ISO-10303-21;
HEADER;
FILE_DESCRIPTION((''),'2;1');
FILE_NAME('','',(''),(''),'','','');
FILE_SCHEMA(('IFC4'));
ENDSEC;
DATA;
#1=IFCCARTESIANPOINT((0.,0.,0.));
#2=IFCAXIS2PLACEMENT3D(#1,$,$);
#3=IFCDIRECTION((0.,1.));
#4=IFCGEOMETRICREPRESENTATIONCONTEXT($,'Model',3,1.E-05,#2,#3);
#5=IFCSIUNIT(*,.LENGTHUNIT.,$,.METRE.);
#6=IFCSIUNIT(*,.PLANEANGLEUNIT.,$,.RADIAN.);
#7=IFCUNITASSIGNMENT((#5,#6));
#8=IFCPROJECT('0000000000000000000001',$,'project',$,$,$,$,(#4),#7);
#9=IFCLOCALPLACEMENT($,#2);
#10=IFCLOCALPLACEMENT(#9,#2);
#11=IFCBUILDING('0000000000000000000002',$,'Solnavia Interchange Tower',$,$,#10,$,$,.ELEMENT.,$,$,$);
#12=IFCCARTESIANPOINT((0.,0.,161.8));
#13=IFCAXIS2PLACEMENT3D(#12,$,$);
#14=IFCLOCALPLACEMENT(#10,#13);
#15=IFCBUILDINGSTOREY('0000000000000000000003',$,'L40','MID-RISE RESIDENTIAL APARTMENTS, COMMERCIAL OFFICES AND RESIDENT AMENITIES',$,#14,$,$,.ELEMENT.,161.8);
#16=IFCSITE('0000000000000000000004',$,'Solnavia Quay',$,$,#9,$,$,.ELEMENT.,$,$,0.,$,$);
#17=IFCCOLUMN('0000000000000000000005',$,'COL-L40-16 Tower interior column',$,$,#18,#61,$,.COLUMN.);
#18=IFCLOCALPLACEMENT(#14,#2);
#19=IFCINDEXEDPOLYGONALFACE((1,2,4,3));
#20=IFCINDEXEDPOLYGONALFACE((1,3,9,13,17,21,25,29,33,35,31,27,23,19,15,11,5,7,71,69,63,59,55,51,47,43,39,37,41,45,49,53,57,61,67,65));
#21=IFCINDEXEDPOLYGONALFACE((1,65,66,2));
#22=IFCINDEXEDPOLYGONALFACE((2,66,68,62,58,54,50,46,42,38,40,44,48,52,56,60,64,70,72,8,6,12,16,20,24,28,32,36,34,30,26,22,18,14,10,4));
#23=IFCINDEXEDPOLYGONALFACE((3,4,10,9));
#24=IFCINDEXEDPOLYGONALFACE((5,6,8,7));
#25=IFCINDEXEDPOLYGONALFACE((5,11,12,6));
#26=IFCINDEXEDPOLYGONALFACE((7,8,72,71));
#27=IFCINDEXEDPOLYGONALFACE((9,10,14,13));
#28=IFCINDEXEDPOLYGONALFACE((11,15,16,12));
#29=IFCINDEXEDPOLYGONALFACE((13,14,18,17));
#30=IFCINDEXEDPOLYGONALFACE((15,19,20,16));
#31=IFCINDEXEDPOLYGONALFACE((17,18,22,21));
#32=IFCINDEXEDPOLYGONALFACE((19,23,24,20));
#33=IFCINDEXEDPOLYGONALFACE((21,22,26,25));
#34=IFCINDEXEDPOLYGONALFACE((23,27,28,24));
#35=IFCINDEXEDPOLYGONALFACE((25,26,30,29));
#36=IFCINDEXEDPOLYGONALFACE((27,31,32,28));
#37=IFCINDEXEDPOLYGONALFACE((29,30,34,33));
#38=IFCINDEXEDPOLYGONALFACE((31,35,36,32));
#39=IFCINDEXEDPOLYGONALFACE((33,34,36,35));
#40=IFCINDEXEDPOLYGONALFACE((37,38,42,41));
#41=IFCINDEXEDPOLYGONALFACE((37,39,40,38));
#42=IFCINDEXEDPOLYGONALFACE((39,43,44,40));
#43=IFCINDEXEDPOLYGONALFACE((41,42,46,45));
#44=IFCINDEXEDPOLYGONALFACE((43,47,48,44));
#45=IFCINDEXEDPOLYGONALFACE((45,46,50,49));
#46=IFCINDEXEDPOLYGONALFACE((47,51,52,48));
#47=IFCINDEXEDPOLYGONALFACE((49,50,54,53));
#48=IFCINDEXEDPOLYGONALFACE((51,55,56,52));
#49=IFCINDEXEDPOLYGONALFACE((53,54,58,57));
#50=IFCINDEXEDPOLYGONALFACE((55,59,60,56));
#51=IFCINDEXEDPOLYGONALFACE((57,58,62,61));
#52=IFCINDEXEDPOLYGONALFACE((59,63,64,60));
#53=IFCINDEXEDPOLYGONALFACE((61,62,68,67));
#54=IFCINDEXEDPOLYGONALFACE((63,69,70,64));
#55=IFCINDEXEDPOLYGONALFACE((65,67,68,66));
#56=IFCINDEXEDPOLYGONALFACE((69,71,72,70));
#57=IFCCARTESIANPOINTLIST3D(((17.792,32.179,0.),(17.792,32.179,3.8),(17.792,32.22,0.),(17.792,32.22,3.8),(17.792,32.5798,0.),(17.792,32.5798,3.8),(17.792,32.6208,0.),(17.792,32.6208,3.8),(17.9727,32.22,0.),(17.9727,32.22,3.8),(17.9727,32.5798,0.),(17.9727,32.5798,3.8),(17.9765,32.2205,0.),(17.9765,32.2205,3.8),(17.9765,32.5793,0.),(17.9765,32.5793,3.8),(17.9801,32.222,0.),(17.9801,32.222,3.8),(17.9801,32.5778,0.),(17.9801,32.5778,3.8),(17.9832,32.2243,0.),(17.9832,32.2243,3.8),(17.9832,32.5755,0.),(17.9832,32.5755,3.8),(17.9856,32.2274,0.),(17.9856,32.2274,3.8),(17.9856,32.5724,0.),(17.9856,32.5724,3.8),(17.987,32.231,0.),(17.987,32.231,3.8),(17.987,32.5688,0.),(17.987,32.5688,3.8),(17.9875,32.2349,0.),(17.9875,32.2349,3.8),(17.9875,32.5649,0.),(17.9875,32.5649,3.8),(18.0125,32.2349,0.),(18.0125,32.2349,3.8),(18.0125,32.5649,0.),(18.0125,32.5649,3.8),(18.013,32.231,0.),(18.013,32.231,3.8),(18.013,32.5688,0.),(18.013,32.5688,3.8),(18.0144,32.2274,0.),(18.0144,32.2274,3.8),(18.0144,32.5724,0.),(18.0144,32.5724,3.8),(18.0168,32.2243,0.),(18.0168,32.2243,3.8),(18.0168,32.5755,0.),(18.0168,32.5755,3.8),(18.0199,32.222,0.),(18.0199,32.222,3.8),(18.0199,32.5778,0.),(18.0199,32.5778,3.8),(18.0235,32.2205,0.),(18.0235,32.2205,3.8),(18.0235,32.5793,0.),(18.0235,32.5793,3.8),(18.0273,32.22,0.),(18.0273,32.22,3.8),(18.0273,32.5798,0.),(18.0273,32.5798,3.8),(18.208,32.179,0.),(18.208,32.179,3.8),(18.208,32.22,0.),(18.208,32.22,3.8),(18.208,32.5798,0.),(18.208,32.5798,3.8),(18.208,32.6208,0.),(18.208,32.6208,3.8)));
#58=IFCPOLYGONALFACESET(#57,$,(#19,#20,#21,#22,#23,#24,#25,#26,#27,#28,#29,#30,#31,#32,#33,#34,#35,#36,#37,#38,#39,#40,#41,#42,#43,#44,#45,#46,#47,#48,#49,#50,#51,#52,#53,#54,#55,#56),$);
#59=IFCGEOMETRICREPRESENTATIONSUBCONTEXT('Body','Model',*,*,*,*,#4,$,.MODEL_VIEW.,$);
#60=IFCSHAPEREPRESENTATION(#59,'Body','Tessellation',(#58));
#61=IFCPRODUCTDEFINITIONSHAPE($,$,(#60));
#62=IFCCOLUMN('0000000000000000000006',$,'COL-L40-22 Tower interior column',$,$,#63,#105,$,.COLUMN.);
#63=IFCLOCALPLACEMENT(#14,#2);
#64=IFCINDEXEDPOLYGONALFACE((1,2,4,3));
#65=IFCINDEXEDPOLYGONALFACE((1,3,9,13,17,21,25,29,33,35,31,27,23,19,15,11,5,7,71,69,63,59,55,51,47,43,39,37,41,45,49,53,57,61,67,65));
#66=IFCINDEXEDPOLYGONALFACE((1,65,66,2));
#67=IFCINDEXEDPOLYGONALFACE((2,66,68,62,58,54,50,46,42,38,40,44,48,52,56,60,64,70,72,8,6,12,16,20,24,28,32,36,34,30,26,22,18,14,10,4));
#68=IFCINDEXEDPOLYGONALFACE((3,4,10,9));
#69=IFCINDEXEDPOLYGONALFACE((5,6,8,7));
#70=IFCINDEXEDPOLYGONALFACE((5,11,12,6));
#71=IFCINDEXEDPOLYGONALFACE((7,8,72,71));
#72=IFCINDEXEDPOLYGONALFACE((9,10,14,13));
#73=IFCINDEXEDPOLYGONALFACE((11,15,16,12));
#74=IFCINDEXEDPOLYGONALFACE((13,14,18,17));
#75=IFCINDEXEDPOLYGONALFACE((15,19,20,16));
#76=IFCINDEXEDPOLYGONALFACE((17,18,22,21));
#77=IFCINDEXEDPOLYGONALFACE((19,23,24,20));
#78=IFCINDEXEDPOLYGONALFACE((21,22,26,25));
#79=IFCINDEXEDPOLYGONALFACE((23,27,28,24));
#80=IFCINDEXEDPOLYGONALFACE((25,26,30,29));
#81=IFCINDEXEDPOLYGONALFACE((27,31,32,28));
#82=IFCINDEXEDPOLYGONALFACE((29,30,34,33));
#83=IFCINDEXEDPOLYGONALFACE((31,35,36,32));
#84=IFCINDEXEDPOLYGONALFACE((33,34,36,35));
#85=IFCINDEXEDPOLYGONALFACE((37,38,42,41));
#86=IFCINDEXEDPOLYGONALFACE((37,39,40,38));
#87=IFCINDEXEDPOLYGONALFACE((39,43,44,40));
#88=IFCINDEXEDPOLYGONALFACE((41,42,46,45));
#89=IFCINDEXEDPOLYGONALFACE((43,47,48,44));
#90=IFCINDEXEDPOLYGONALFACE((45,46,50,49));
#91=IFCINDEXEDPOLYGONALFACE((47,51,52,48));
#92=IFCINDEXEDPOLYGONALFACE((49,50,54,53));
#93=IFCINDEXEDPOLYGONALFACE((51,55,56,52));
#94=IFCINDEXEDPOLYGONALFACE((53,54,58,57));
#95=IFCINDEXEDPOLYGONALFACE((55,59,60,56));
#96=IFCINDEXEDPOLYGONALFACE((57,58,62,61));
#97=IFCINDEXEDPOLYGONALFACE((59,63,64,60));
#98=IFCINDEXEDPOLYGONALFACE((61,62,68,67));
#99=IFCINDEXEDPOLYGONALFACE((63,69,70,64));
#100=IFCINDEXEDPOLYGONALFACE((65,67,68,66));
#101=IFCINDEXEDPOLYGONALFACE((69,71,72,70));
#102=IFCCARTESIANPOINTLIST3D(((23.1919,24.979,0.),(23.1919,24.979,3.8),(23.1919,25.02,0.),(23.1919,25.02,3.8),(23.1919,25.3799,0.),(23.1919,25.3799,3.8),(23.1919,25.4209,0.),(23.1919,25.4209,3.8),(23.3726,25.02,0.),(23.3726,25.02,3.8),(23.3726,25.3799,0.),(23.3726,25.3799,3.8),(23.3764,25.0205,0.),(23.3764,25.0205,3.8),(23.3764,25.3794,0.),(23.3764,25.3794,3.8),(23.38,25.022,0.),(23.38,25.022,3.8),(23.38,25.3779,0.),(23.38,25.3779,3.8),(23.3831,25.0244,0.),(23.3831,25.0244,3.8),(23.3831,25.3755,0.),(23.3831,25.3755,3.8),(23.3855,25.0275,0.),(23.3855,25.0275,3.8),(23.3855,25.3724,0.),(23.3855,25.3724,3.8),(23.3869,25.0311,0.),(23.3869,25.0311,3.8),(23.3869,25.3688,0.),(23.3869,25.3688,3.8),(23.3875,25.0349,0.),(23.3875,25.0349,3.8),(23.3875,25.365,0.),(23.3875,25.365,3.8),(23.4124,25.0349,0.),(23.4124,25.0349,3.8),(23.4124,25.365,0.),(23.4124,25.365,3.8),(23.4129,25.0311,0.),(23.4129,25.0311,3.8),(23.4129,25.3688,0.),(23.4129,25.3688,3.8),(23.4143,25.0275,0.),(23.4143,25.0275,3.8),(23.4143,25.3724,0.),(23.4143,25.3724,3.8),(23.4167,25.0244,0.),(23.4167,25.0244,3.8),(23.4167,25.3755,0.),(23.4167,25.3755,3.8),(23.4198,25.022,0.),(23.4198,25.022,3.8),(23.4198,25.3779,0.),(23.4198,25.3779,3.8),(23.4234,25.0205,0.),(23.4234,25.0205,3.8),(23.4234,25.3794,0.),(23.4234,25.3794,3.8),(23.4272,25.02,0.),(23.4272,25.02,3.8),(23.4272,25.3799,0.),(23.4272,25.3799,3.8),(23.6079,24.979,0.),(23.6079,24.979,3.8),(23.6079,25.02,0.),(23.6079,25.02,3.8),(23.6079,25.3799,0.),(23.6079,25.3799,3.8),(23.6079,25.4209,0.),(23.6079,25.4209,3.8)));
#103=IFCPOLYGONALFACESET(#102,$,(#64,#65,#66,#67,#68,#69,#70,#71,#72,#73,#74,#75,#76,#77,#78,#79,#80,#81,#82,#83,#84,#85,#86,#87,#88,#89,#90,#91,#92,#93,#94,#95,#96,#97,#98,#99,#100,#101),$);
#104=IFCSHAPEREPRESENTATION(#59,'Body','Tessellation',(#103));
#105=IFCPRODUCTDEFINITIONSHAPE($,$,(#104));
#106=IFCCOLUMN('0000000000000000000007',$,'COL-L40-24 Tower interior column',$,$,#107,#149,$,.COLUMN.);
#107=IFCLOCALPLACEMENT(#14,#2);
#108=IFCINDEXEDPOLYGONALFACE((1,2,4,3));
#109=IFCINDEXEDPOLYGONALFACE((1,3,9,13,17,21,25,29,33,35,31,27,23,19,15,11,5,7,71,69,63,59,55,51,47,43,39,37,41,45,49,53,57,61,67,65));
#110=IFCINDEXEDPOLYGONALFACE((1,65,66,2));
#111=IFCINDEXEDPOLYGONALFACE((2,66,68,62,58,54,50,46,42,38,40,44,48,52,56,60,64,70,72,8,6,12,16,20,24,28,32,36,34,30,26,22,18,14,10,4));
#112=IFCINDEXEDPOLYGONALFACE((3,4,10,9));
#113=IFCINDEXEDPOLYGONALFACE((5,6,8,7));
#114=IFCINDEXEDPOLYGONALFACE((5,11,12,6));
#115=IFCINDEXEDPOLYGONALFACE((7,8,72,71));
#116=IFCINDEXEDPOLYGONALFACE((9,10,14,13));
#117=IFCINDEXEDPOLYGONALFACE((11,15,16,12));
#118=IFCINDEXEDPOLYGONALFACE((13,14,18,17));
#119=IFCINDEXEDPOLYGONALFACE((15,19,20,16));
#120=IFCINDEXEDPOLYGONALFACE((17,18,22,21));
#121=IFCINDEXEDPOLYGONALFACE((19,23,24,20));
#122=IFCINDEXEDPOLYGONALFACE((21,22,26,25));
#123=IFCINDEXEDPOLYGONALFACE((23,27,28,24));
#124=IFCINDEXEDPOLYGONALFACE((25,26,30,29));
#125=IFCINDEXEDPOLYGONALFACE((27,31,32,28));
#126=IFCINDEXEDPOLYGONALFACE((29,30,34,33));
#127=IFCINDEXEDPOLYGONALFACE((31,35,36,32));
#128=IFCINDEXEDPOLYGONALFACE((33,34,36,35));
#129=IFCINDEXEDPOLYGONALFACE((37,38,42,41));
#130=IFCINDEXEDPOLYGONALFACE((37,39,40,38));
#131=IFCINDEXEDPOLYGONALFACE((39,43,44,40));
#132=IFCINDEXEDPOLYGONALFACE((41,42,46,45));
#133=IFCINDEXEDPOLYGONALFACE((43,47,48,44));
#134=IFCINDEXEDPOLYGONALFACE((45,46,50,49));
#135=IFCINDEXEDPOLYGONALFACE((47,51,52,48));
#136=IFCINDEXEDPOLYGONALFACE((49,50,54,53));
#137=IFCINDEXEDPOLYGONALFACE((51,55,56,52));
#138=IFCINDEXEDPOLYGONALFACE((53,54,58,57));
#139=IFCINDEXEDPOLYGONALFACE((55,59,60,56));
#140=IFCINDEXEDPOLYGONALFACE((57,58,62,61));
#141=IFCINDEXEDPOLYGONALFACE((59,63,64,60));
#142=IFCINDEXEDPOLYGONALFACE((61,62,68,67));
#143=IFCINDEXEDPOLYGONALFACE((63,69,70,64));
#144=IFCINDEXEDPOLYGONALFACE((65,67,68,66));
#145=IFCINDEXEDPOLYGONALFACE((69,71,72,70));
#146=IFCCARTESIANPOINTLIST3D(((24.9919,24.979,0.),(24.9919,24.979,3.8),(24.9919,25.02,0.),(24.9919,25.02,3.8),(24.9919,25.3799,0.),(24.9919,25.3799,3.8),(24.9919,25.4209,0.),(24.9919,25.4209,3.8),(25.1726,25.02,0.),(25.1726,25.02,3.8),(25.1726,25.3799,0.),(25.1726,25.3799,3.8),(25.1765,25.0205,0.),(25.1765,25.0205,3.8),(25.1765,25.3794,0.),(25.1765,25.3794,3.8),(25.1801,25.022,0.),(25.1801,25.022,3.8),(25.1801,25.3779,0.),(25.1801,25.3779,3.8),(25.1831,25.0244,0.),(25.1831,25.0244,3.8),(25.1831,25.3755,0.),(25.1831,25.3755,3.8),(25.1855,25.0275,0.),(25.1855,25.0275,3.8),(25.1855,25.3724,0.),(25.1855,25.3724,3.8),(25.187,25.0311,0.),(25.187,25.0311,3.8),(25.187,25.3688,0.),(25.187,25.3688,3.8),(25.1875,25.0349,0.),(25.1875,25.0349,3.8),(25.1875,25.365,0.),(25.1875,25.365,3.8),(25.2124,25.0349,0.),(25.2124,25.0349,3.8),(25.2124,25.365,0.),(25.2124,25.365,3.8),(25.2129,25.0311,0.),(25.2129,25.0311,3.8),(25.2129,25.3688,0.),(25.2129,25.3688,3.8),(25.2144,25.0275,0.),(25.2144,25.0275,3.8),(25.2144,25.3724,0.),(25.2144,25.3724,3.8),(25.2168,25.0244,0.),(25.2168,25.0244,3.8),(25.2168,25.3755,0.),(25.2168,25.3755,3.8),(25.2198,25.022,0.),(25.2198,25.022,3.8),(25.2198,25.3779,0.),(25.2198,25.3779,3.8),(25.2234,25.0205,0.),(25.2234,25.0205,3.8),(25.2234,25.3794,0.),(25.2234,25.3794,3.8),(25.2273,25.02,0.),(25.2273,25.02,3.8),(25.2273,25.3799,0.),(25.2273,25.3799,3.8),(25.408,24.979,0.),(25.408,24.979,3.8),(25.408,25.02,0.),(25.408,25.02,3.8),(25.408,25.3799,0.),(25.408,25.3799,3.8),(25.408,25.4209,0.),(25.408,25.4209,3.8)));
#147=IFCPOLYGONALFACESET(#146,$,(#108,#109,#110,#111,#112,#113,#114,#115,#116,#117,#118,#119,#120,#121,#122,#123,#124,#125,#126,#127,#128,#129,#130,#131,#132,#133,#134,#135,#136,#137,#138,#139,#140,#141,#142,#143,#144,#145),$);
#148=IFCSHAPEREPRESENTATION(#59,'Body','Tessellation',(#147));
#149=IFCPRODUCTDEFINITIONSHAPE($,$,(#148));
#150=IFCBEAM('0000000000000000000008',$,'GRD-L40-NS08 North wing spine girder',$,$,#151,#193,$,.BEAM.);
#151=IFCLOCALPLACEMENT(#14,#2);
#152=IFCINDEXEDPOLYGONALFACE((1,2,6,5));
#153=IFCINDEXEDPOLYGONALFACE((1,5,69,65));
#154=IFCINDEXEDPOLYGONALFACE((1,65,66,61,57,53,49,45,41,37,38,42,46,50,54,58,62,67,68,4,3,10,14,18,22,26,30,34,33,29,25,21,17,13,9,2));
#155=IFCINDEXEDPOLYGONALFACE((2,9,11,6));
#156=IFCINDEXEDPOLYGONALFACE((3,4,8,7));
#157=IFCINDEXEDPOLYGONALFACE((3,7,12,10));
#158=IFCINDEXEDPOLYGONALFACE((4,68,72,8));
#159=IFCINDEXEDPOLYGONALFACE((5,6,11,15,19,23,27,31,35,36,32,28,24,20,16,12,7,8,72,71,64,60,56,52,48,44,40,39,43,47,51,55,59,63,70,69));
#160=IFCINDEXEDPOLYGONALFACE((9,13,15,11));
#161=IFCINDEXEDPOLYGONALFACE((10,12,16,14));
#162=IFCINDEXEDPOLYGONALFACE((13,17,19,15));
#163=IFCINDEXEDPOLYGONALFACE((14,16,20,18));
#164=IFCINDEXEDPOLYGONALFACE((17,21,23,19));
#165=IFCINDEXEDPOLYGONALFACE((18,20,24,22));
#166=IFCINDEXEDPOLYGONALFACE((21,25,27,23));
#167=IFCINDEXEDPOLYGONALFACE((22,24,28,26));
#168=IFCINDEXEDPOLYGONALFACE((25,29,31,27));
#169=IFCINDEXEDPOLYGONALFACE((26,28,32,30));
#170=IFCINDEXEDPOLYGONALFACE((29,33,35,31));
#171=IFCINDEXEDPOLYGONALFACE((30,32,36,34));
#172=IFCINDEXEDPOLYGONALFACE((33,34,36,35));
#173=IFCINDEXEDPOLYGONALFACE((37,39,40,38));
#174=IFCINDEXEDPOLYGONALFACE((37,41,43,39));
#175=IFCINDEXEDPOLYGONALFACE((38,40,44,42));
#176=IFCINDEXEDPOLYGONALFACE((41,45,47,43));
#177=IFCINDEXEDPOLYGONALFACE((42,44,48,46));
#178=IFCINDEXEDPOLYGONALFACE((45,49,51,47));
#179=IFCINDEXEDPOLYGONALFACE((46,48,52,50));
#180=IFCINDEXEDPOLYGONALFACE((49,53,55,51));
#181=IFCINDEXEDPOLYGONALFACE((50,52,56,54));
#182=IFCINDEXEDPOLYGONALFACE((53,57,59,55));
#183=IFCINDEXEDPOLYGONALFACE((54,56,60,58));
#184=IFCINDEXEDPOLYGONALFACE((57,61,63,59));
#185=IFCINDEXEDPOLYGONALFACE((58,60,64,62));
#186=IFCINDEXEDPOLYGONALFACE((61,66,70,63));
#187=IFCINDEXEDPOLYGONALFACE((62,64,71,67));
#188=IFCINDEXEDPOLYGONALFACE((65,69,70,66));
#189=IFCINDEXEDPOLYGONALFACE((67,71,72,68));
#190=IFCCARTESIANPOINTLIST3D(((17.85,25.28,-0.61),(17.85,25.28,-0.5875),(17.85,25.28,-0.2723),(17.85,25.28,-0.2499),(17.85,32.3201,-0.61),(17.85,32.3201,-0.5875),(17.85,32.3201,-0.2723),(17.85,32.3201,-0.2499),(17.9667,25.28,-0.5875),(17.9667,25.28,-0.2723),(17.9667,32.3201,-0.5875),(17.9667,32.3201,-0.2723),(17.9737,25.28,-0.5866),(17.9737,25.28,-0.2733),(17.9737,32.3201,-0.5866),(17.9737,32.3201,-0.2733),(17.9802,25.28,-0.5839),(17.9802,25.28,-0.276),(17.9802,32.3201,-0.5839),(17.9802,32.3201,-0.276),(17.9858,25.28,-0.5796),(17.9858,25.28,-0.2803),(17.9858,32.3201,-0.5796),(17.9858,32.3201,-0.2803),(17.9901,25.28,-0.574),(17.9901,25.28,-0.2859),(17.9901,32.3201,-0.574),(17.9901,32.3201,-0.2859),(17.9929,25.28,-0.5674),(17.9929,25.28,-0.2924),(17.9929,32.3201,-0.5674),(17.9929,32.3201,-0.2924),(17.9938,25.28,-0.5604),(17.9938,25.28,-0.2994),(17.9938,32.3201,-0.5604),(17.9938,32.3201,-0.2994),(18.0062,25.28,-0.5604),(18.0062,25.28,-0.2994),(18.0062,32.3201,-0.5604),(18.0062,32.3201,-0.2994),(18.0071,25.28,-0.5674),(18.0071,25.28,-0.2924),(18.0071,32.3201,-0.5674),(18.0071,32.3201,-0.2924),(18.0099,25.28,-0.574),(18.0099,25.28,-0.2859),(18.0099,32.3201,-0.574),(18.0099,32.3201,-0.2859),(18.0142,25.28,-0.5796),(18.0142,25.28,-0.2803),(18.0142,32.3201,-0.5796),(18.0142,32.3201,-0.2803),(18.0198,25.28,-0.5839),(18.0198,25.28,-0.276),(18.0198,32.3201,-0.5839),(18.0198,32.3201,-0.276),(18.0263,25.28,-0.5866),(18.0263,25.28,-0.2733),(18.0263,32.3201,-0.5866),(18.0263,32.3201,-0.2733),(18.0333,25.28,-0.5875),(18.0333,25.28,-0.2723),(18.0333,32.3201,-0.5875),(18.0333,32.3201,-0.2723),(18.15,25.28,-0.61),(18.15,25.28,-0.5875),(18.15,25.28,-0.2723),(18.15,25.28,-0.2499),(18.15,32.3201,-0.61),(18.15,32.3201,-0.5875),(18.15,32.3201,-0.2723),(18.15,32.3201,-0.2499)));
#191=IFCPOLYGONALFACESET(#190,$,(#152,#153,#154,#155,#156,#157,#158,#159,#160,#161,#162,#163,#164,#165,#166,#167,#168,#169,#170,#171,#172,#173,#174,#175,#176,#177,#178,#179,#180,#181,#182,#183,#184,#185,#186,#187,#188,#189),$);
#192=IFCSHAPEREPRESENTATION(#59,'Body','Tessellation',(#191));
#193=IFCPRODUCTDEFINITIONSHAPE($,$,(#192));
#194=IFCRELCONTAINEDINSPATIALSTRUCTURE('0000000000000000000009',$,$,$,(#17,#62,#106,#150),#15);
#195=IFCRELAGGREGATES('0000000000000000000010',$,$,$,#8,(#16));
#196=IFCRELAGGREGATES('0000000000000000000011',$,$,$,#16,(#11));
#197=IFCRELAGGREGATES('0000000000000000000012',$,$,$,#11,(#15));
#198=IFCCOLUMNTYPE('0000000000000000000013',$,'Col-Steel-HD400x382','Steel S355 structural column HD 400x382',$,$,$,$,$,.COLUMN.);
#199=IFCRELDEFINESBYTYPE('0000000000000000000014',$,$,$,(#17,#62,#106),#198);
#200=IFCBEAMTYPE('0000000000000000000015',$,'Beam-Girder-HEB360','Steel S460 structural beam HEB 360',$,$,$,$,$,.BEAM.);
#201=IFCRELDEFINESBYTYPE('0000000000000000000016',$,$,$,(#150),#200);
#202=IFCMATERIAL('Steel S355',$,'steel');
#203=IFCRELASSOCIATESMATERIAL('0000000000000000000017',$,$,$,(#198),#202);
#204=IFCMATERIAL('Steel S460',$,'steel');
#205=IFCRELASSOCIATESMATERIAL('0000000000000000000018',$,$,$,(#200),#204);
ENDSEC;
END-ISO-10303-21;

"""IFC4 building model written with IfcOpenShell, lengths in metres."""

from ifc_helpers import new_model, si_unit, direction, frame, origin, origin_2d, place, context, subcontext, project, spatial, i_section, extrude, material, material_profile, profile_set, type_object, element, save


model = new_model("IFC4")

# Units and contexts
model_context = context("Model", 3, precision=1e-05, world=origin(), true_north=direction((0.0, 1.0)))
body_context = subcontext(model_context, "Body", "Model", "MODEL_VIEW")
ifc_project = project(units=[si_unit("LENGTHUNIT", "METRE"), si_unit("PLANEANGLEUNIT", "RADIAN")], contexts=[model_context])

# Site, building, storey
site_placement = place(None, origin())
site = spatial("IfcSite", under=ifc_project, at=site_placement, Name="Solnavia Quay", CompositionType="ELEMENT", RefElevation=0.0)
building_placement = place(site_placement, origin())
building = spatial("IfcBuilding", under=site, at=building_placement, Name="Solnavia Interchange Tower", CompositionType="ELEMENT")
storey_placement = place(building_placement, frame((0.0, 0.0, 161.8)))
storey = spatial("IfcBuildingStorey", under=building, at=storey_placement, Name="L40", Description="MID-RISE RESIDENTIAL APARTMENTS, COMMERCIAL OFFICES AND RESIDENT AMENITIES", CompositionType="ELEMENT", Elevation=161.8)

# Columns
ifc_material_1 = material(Name="Steel S355", Category="steel")
ifc_material_profile_1 = material_profile(ifc_material_1, i_section(OverallWidth=0.416, OverallDepth=0.4419, WebThickness=0.0249, FlangeThickness=0.041, FilletRadius=0.0149, at=origin_2d()), Name="HD 400x382")
ifc_profile_set_1 = profile_set([ifc_material_profile_1], Name="Steel S355")
column_type = type_object("IfcColumnType", Name="Col-Steel-HD400x382", Description="Steel S355 structural column HD 400x382", PredefinedType="COLUMN", material=ifc_profile_set_1)
for number, where, z_axis, x_axis, name in (
    (1, (18.0, 32.3999, 0.0), (0.0, 0.0, 1.0), (1.0, 0.0, 0.0), "COL-L40-16 Tower interior column"),
    (2, (23.3999, 25.2, 0.0), (0.0, 0.0, 1.0), (1.0, 0.0, 0.0), "COL-L40-22 Tower interior column"),
    (3, (25.2, 25.2, 0.0), (0.0, 0.0, 1.0), (1.0, 0.0, 0.0), "COL-L40-24 Tower interior column"),
):
    element("IfcColumn", number, at=place(storey_placement, frame(where, z_axis=z_axis, x_axis=x_axis)), inside=storey, type_object=column_type, Name=name, PredefinedType="COLUMN", context=body_context, shape_type="SweptSolid", body=[
        extrude(i_section(OverallWidth=0.416, OverallDepth=0.4419, WebThickness=0.0249, FlangeThickness=0.041, FilletRadius=0.0149, at=origin_2d()), origin(), (0.0, 0.0, 1.0), 3.8),
    ])

# Beam
ifc_material_2 = material(Name="Steel S460", Category="steel")
ifc_material_profile_2 = material_profile(ifc_material_2, i_section(OverallWidth=0.3, OverallDepth=0.3601, WebThickness=0.0125, FlangeThickness=0.0225, FilletRadius=0.0271, at=origin_2d()), Name="HEB 360")
ifc_profile_set_2 = profile_set([ifc_material_profile_2], Name="Steel S460")
beam_type_1 = type_object("IfcBeamType", Name="Beam-Girder-HEB360", Description="Steel S460 structural beam HEB 360", PredefinedType="BEAM", material=ifc_profile_set_2)
beam_1_placement = place(storey_placement, frame((18.0, 25.28, -0.4299), z_axis=(0.0, 1.0, 0.0), x_axis=(-1.0, 0.0, 0.0)))
element("IfcBeam", 4, at=beam_1_placement, inside=storey, type_object=beam_type_1, Name="GRD-L40-NS08 North wing spine girder", PredefinedType="BEAM", context=body_context, shape_type="SweptSolid", body=[
    extrude(i_section(OverallWidth=0.3, OverallDepth=0.3601, WebThickness=0.0125, FlangeThickness=0.0225, FilletRadius=0.0271, at=origin_2d()), origin(), (0.0, 0.0, 1.0), 7.04),
])

save(model, "model.ifc")
